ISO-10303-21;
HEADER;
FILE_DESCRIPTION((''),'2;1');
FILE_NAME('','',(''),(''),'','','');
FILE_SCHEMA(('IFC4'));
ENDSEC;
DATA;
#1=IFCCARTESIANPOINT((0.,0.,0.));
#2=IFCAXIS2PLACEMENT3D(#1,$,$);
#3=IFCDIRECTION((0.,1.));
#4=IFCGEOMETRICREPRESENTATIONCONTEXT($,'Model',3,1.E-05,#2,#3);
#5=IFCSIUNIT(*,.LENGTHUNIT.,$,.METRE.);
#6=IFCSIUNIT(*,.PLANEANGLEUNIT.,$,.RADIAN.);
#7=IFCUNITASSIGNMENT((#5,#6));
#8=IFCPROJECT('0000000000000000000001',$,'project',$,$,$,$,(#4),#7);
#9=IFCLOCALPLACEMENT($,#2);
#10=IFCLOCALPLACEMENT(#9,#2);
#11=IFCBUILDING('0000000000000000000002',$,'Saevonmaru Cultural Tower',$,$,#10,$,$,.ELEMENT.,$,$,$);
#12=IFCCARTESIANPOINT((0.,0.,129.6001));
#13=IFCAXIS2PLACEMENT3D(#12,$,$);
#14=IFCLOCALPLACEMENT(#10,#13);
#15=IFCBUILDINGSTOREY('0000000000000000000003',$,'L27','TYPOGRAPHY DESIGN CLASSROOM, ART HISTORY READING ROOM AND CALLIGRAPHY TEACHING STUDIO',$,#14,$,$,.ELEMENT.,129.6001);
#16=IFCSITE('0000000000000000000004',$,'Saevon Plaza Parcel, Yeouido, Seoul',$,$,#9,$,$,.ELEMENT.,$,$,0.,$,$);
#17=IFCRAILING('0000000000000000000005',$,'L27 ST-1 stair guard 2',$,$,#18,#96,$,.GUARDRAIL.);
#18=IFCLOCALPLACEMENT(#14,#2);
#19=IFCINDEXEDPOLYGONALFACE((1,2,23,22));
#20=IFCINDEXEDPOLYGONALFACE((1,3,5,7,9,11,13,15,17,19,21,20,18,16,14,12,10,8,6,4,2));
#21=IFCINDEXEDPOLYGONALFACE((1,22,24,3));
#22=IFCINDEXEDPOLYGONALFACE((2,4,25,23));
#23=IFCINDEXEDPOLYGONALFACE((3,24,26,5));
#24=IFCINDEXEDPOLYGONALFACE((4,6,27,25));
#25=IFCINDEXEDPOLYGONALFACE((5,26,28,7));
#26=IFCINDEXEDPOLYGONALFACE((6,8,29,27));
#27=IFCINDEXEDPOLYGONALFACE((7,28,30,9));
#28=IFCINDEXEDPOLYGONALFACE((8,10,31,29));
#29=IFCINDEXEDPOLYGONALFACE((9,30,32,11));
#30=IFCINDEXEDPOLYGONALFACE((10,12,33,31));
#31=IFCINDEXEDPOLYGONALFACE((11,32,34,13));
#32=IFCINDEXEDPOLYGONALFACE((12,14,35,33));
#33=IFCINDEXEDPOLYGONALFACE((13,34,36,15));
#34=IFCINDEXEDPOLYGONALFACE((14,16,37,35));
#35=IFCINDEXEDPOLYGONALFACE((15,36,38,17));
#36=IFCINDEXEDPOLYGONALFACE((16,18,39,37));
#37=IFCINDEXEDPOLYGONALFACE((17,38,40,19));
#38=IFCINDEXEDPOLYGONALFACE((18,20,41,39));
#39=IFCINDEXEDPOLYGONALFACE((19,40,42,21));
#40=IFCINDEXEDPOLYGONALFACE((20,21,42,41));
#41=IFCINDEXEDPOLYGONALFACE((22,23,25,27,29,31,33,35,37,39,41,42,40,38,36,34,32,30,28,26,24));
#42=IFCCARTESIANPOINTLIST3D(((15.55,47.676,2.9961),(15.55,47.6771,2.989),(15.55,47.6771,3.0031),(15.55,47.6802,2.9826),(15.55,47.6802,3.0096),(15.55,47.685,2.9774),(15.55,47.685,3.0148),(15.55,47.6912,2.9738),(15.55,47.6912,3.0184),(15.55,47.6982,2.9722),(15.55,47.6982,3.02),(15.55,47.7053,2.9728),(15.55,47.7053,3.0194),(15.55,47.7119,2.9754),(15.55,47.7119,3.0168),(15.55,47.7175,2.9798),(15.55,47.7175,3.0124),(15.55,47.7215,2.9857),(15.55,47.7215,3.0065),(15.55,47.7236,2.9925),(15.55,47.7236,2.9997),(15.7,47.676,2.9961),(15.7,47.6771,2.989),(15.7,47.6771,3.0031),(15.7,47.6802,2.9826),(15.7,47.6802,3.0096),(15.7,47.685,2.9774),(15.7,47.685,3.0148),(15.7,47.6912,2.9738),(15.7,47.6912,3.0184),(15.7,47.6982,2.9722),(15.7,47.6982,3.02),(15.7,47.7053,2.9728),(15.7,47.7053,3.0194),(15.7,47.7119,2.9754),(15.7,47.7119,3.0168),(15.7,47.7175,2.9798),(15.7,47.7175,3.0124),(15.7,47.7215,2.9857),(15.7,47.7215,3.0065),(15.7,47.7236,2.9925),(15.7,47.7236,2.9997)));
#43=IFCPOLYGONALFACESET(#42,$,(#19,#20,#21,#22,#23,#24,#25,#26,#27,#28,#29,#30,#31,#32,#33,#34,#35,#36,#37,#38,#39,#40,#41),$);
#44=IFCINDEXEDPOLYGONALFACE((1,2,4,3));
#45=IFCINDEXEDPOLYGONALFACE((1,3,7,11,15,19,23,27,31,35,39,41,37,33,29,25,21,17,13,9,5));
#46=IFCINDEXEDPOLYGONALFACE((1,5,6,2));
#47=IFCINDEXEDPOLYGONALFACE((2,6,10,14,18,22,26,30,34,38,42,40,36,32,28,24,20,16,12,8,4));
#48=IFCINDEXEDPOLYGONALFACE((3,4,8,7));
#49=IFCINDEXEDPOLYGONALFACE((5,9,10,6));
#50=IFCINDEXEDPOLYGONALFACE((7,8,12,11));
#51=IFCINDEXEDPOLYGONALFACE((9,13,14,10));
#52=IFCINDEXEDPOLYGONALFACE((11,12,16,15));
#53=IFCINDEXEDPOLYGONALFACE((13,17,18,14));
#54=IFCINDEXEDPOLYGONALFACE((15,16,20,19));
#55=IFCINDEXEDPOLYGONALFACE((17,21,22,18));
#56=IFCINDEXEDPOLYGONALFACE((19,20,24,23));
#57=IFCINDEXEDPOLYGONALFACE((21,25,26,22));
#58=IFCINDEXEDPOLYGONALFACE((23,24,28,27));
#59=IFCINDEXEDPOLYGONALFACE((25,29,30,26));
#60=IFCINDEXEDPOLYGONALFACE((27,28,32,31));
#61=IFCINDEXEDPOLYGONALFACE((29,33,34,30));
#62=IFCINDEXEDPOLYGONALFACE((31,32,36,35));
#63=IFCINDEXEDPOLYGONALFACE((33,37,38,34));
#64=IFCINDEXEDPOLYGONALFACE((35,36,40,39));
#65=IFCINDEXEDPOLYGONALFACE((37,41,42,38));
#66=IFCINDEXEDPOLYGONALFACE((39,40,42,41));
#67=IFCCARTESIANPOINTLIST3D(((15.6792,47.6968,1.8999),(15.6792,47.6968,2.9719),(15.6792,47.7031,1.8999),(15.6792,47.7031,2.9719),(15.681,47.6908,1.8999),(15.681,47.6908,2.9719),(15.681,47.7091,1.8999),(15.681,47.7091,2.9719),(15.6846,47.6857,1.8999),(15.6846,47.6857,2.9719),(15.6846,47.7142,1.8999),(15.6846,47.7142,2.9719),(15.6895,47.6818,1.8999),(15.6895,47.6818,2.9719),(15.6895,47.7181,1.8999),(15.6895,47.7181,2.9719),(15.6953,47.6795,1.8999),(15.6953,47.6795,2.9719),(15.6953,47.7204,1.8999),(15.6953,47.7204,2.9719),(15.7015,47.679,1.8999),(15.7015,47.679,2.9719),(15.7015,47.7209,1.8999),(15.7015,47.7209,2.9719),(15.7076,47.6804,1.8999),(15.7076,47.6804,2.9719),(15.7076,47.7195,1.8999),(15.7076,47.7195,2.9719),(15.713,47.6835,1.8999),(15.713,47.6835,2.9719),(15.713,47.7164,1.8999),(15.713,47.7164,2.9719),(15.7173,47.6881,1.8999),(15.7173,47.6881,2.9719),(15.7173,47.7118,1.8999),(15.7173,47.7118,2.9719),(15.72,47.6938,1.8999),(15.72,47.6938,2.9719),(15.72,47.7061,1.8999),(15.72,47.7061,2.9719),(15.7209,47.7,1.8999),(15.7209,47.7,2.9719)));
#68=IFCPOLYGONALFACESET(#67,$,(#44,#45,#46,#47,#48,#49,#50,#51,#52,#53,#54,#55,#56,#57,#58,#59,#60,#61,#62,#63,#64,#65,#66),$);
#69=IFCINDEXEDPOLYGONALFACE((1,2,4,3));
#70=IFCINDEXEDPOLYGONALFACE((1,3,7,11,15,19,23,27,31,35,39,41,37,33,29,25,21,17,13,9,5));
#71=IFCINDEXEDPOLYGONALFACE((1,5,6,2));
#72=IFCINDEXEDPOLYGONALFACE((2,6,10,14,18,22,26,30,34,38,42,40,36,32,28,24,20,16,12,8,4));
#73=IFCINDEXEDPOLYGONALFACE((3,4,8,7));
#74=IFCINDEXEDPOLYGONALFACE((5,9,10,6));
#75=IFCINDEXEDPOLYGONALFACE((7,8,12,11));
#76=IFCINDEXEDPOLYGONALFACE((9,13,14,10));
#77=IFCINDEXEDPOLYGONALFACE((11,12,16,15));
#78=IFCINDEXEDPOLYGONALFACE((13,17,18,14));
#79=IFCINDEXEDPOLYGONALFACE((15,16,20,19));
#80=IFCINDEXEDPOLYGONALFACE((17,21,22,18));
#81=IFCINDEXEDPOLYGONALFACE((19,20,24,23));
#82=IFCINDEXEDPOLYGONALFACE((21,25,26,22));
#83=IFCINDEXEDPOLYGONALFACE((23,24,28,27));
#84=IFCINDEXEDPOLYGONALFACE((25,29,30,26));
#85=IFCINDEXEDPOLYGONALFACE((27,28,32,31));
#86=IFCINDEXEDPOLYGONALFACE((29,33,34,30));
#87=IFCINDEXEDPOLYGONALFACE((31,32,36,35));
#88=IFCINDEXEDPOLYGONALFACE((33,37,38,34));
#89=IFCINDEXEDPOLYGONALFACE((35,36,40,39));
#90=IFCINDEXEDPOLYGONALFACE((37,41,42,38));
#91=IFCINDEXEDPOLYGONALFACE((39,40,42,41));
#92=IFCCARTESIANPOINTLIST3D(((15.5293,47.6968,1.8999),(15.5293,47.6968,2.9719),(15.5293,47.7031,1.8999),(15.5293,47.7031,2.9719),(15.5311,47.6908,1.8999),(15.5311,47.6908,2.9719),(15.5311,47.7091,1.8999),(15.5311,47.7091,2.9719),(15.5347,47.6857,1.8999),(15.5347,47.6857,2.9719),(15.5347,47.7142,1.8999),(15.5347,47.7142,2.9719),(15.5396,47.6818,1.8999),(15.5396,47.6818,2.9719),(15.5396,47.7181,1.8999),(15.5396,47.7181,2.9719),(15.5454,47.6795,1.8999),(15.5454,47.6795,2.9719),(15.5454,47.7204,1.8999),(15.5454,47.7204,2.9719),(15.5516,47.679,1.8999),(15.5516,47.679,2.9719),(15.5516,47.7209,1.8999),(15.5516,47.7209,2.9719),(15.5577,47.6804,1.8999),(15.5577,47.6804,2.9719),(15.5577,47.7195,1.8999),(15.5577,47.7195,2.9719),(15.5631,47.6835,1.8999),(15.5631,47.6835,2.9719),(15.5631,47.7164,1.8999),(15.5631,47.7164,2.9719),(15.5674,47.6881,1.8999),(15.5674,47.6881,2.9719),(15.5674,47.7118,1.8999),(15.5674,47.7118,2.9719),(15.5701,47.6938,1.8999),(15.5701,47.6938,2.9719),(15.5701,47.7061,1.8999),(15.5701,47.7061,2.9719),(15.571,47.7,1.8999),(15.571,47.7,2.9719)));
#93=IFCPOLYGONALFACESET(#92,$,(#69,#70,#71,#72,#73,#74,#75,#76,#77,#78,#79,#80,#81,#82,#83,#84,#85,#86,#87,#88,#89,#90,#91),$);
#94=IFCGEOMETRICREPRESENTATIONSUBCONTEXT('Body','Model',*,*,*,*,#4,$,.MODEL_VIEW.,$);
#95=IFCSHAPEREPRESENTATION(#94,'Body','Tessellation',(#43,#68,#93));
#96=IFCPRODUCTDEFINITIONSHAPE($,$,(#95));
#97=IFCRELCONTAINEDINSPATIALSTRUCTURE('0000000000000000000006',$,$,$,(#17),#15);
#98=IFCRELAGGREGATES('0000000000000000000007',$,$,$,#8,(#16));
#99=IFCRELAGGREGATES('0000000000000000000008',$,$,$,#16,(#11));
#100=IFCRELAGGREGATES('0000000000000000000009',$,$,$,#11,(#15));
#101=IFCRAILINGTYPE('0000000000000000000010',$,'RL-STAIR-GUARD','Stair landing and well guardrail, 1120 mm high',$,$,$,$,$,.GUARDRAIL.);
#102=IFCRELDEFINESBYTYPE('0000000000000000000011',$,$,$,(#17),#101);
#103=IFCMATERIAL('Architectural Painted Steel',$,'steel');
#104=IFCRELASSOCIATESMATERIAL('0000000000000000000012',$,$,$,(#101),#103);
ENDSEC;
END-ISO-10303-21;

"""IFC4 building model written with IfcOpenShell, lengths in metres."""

from ifc_helpers import new_model, si_unit, direction, frame, origin, origin_2d, place, context, subcontext, project, spatial, circle, extrude, material, type_object, element, save


model = new_model("IFC4")

# Units and contexts
model_context = context("Model", 3, precision=1e-05, world=origin(), true_north=direction((0.0, 1.0)))
body_context = subcontext(model_context, "Body", "Model", "MODEL_VIEW")
ifc_project = project(units=[si_unit("LENGTHUNIT", "METRE"), si_unit("PLANEANGLEUNIT", "RADIAN")], contexts=[model_context])

# Site, building, storey
site_placement = place(None, origin())
site = spatial("IfcSite", under=ifc_project, at=site_placement, Name="Saevon Plaza Parcel, Yeouido, Seoul", CompositionType="ELEMENT", RefElevation=0.0)
building_placement = place(site_placement, origin())
building = spatial("IfcBuilding", under=site, at=building_placement, Name="Saevonmaru Cultural Tower", CompositionType="ELEMENT")
storey_placement = place(building_placement, frame((0.0, 0.0, 129.6001)))
storey = spatial("IfcBuildingStorey", under=building, at=storey_placement, Name="L27", Description="TYPOGRAPHY DESIGN CLASSROOM, ART HISTORY READING ROOM AND CALLIGRAPHY TEACHING STUDIO", CompositionType="ELEMENT", Elevation=129.6001)

# Railing
ifc_material_1 = material(Name="Architectural Painted Steel", Category="steel")
railing_type_1 = type_object("IfcRailingType", Name="RL-STAIR-GUARD", Description="Stair landing and well guardrail, 1120 mm high", PredefinedType="GUARDRAIL", material=ifc_material_1)
railing_1_placement = place(storey_placement, frame((15.7, 47.7, 1.8999)))
element("IfcRailing", 1, at=railing_1_placement, inside=storey, type_object=railing_type_1, Name="L27 ST-1 stair guard 2", PredefinedType="GUARDRAIL", context=body_context, shape_type="SweptSolid", body=[
    extrude(circle(Radius=0.0239, at=origin_2d()), frame((0.0, 0.0, 1.0962), z_axis=(-1.0, 0.0, 0.0), x_axis=(0.0, -1.0, 0.0)), (0.0, 0.0, 1.0), 0.1499),
    extrude(circle(Radius=0.021, at=origin_2d()), origin(), (0.0, 0.0, 1.0), 1.072),
    extrude(circle(Radius=0.021, at=origin_2d()), frame((-0.1499, 0.0, 0.0)), (0.0, 0.0, 1.0), 1.072),
])

save(model, "model.ifc")
